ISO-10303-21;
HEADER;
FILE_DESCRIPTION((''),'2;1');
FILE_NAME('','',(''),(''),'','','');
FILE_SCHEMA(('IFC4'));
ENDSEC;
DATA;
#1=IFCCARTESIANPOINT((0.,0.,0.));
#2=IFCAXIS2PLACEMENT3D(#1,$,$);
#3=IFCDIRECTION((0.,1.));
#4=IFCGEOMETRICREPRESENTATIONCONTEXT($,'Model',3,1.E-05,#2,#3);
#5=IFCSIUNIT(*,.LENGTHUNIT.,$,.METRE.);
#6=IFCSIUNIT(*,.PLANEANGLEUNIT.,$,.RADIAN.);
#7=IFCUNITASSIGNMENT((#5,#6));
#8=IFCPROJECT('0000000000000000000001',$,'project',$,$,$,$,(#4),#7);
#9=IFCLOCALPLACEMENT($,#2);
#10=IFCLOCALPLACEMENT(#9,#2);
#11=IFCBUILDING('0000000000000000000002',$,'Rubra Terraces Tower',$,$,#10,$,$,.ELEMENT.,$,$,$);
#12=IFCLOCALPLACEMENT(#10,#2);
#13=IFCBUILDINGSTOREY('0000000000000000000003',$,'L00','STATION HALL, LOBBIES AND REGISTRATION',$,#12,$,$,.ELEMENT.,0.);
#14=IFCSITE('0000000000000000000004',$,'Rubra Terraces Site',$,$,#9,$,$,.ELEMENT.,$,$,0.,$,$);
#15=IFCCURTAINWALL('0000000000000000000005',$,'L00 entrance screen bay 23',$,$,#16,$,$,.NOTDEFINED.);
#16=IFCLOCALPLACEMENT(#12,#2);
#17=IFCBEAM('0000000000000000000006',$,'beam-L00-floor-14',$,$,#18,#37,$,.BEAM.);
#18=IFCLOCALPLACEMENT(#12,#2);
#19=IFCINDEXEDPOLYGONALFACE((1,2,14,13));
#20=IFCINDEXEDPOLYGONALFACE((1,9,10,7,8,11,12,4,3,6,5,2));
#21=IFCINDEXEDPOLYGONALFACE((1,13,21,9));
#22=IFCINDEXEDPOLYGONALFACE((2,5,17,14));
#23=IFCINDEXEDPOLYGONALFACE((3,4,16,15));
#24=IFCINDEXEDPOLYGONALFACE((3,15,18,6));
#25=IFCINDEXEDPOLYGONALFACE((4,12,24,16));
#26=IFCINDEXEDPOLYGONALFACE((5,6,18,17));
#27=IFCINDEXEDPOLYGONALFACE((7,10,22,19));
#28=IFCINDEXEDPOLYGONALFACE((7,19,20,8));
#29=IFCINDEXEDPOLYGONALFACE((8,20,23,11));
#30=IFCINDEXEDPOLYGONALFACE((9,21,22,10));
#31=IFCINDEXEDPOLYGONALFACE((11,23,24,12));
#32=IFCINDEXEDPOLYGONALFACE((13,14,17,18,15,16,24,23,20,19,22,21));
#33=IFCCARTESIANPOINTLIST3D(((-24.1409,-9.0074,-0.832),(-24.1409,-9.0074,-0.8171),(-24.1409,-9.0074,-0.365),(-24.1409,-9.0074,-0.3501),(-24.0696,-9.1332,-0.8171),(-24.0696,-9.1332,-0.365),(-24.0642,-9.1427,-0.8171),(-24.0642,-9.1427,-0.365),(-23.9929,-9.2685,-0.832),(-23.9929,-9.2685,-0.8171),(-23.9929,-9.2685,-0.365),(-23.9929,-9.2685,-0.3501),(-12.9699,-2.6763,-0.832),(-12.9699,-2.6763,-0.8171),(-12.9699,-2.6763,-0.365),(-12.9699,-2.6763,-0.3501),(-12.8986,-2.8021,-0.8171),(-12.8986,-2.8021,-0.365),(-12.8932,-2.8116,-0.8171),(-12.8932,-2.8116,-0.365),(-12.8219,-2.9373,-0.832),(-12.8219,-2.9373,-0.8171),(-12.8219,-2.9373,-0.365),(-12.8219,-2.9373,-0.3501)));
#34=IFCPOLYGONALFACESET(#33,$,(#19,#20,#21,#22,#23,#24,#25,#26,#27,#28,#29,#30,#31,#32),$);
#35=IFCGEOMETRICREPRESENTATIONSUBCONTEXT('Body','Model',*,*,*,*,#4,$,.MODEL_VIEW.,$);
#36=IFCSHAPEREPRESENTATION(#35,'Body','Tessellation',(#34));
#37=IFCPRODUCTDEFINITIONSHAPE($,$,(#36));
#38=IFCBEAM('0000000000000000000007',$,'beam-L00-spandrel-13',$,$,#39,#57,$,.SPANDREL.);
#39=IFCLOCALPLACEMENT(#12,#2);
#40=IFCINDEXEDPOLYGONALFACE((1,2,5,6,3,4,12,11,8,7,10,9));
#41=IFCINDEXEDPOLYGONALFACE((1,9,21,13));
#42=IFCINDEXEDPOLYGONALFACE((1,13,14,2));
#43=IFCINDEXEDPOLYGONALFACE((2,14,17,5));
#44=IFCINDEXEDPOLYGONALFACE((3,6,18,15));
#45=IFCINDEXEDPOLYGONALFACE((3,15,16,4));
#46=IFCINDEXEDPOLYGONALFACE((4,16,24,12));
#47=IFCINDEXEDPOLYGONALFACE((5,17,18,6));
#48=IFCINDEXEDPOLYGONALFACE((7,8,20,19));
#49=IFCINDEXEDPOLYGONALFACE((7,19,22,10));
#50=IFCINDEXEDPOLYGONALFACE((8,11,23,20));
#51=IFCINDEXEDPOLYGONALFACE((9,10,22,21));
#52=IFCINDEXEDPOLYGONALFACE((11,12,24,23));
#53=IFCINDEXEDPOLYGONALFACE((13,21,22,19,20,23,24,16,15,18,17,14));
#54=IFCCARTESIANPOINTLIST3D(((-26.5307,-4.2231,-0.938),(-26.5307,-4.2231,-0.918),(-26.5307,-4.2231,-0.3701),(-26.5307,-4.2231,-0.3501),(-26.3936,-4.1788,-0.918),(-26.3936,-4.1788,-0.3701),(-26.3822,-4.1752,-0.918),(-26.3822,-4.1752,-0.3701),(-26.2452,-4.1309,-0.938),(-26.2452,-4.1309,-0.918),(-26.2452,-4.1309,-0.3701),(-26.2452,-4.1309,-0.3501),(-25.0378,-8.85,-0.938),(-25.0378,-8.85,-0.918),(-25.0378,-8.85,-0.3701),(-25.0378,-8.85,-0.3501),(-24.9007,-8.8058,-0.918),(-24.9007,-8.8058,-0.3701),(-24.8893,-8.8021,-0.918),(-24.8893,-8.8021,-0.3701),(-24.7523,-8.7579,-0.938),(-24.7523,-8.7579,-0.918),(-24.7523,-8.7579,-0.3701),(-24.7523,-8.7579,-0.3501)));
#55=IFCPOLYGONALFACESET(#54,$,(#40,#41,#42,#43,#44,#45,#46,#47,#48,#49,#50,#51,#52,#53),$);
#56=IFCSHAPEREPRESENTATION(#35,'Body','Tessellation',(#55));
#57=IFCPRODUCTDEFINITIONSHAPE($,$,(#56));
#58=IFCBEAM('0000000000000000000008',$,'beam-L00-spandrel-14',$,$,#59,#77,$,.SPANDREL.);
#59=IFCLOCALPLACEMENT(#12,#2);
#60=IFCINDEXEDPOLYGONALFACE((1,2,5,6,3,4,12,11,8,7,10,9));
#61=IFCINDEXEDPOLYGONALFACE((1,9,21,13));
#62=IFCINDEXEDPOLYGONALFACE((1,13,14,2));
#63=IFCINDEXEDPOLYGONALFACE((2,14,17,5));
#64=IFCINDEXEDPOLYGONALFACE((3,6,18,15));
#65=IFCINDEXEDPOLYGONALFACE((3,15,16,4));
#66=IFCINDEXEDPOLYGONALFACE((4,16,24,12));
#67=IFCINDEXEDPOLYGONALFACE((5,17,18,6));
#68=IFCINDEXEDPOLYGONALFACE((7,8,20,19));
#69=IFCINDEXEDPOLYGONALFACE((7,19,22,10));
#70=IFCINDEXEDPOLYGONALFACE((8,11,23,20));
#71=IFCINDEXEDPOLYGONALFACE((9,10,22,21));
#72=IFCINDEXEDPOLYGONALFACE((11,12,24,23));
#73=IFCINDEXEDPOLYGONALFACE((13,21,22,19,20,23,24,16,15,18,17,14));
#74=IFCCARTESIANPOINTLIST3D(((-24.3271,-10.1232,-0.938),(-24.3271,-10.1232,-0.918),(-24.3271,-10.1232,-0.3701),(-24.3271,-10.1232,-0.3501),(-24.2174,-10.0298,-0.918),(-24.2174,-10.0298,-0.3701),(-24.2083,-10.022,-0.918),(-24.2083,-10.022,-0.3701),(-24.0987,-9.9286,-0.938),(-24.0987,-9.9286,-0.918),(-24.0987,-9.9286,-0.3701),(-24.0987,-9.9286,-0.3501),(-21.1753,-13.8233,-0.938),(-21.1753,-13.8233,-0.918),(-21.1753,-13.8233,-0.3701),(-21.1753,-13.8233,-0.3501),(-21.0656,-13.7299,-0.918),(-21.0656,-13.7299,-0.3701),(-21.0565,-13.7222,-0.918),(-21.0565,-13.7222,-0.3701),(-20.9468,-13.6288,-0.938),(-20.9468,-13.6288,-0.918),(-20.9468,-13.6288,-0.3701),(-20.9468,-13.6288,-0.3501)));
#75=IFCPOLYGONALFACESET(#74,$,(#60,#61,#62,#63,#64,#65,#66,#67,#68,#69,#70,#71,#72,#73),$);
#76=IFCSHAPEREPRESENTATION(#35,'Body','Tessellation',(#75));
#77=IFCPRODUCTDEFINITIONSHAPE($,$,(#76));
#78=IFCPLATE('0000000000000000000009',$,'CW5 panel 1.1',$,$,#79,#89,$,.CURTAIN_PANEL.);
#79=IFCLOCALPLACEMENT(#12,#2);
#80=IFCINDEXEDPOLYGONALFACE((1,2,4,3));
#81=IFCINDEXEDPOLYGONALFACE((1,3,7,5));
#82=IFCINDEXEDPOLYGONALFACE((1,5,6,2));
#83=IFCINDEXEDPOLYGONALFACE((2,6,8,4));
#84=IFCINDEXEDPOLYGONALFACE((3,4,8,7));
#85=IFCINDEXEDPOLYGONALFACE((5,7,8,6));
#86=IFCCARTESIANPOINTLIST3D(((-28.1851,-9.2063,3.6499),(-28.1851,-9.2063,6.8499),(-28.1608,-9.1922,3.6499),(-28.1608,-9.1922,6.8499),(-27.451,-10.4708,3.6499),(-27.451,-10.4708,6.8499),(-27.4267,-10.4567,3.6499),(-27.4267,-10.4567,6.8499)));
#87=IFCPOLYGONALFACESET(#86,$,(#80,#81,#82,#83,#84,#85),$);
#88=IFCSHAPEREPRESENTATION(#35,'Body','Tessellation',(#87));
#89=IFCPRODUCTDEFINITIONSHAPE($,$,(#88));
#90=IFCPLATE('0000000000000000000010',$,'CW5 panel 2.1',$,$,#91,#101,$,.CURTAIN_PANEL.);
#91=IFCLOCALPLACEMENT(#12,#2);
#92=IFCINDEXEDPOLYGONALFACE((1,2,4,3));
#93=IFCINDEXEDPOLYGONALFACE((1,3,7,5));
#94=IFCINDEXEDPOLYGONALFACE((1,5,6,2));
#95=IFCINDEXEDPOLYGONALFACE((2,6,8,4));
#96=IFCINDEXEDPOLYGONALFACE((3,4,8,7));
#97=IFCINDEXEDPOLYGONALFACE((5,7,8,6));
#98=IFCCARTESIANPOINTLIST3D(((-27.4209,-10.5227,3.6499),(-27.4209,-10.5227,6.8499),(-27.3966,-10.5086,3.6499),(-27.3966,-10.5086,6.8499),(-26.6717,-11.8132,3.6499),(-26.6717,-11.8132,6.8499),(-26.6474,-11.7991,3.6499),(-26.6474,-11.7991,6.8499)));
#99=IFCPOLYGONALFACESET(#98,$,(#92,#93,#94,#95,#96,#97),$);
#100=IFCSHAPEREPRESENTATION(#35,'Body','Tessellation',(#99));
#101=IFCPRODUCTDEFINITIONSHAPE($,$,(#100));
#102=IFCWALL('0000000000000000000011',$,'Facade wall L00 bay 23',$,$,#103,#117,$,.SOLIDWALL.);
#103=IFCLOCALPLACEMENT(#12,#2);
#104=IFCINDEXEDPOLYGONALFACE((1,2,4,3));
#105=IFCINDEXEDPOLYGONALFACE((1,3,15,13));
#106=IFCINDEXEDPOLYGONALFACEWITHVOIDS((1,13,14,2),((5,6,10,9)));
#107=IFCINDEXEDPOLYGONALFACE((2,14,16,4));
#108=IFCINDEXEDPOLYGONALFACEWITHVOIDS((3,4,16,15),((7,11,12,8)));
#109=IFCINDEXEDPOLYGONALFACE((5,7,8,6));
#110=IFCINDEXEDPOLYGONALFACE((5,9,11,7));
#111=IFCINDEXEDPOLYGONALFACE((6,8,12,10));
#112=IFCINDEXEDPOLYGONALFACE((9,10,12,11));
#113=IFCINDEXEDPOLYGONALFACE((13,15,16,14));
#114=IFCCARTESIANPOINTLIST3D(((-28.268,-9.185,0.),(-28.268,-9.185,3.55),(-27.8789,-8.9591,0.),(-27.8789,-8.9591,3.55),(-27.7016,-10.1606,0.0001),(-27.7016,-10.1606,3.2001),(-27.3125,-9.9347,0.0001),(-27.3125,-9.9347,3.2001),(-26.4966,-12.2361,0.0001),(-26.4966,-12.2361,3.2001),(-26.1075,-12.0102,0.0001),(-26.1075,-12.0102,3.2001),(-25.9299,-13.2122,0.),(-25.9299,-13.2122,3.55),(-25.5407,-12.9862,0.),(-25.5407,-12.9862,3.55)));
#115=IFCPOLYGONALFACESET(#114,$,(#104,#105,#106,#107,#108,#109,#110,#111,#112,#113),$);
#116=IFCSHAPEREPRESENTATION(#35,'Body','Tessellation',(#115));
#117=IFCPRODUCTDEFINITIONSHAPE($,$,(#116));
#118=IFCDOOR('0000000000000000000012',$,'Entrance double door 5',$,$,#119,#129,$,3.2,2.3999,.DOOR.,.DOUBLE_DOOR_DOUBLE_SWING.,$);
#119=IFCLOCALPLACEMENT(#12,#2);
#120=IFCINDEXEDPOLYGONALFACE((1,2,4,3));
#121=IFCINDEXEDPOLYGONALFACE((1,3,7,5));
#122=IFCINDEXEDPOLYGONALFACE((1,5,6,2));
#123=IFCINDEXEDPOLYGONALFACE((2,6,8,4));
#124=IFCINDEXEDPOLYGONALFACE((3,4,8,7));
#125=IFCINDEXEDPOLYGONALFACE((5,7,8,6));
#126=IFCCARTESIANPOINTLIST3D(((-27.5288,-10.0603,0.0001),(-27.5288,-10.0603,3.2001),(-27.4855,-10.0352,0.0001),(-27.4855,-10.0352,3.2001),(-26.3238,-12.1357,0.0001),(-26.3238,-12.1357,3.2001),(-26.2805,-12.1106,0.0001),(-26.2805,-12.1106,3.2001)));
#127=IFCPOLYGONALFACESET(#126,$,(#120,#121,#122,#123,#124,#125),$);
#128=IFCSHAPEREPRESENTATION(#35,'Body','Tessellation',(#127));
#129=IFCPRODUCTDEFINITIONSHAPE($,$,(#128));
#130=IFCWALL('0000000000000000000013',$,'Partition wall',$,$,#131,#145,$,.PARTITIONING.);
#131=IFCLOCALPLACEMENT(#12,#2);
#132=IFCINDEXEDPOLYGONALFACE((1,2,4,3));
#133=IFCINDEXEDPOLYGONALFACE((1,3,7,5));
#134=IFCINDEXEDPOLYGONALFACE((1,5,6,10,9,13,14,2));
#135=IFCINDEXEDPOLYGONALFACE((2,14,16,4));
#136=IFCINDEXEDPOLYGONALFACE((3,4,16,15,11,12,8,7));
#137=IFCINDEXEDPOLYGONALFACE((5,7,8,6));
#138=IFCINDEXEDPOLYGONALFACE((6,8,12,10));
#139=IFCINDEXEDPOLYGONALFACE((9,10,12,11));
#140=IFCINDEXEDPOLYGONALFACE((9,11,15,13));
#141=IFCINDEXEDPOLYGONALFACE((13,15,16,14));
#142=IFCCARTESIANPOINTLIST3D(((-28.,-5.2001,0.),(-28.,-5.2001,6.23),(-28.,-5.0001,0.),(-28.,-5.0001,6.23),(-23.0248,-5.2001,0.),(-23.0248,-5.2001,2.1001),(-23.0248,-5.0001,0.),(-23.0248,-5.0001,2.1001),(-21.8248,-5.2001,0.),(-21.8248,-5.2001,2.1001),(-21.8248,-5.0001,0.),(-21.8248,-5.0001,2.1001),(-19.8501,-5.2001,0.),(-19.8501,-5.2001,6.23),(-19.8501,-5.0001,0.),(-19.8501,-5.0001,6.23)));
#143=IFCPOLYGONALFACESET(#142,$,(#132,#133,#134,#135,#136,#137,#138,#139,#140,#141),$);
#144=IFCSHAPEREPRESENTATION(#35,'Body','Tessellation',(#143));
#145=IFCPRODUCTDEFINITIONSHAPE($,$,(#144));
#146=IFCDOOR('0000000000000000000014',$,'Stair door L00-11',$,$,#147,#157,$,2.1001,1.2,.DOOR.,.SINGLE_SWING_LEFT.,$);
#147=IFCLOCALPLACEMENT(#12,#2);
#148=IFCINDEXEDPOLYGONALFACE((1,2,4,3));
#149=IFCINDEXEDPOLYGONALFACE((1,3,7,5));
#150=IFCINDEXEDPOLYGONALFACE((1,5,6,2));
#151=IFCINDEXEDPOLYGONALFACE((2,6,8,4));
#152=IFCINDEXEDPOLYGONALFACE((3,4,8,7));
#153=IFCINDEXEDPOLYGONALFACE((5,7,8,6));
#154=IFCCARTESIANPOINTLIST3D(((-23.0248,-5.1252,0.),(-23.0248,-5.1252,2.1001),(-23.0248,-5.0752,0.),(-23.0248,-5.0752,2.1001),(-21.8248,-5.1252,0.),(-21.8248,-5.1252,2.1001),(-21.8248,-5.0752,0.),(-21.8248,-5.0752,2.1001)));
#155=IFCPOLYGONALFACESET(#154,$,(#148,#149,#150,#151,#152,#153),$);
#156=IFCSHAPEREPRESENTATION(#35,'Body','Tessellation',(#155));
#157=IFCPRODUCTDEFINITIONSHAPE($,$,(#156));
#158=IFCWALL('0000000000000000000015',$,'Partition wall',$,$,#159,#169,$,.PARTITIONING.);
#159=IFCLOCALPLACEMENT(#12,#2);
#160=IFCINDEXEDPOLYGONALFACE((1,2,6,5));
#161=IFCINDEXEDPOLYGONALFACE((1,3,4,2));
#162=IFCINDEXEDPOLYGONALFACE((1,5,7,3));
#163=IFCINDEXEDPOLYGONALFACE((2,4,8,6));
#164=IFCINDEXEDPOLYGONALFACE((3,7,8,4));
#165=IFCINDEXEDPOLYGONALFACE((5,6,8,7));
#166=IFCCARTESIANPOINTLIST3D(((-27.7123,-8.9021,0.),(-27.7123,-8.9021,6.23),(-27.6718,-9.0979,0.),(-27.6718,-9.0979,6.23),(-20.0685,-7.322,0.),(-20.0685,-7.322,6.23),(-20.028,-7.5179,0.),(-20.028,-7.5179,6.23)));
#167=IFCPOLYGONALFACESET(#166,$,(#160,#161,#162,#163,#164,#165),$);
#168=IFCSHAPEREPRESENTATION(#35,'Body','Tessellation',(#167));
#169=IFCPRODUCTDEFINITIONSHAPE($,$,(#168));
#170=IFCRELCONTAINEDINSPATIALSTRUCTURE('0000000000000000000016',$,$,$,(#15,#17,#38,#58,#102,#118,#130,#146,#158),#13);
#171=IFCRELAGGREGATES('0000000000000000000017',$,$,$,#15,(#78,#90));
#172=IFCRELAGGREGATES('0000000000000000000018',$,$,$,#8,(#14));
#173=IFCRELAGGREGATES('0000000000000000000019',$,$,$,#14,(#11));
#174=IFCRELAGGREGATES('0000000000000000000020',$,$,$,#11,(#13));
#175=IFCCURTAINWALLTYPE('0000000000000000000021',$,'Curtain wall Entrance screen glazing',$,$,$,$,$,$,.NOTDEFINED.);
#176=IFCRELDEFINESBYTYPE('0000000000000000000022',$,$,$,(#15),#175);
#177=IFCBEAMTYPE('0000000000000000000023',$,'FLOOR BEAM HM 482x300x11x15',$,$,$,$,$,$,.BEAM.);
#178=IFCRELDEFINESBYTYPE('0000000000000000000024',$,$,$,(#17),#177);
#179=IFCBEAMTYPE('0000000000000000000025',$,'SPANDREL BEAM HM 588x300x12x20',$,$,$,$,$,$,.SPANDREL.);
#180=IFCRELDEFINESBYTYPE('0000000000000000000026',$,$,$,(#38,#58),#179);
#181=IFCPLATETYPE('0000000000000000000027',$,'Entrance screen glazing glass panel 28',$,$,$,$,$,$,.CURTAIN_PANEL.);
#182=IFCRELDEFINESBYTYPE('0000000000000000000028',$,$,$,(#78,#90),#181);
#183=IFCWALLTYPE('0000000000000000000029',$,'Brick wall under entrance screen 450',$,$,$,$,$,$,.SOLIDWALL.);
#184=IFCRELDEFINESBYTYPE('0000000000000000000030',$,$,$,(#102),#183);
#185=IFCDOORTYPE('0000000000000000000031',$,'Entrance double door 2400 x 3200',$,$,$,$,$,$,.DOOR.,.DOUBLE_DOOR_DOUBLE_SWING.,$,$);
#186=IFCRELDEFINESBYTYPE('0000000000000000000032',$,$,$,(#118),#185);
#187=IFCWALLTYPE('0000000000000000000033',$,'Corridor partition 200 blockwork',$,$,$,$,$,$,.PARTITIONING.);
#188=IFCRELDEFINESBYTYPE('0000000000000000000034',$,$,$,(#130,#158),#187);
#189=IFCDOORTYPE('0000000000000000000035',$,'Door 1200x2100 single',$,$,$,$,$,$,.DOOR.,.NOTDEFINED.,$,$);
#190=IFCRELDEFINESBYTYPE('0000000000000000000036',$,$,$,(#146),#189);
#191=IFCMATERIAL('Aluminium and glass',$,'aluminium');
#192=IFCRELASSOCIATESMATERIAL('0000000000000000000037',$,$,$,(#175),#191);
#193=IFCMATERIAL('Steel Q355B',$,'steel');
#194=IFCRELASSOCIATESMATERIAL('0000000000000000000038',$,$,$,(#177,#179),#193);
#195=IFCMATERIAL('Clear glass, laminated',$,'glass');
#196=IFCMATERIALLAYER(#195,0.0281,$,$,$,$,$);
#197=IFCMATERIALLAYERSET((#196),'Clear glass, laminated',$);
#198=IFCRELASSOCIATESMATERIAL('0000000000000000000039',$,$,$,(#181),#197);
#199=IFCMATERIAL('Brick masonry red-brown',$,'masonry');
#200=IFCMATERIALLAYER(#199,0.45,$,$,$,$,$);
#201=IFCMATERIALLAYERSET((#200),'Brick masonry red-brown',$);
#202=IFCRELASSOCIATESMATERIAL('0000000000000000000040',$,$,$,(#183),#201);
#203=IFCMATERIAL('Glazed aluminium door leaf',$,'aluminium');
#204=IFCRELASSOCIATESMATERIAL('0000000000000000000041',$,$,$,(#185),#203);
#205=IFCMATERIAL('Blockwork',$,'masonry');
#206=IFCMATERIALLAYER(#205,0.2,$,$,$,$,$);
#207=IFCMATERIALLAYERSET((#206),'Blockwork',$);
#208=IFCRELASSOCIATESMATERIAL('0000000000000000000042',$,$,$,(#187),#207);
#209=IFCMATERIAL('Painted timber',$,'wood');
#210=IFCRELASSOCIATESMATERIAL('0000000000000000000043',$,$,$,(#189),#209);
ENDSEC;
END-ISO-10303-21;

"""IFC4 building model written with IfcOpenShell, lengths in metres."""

from ifc_helpers import new_model, si_unit, direction, frame, frame_2d, origin, origin_2d, place, context, subcontext, project, spatial, rectangle, i_section, extrude, material, layer, layer_set, material_profile, profile_set, type_object, element, fill, aggregate, save


model = new_model("IFC4")

# Units and contexts
model_context = context("Model", 3, precision=1e-05, world=origin(), true_north=direction((0.0, 1.0)))
body_context = subcontext(model_context, "Body", "Model", "MODEL_VIEW")
ifc_project = project(units=[si_unit("LENGTHUNIT", "METRE"), si_unit("PLANEANGLEUNIT", "RADIAN")], contexts=[model_context])

# Site, building, storey
site_placement = place(None, origin())
site = spatial("IfcSite", under=ifc_project, at=site_placement, Name="Rubra Terraces Site", CompositionType="ELEMENT", RefElevation=0.0)
building_placement = place(site_placement, origin())
building = spatial("IfcBuilding", under=site, at=building_placement, Name="Rubra Terraces Tower", CompositionType="ELEMENT")
storey_placement = place(building_placement, origin())
storey = spatial("IfcBuildingStorey", under=building, at=storey_placement, Name="L00", Description="STATION HALL, LOBBIES AND REGISTRATION", CompositionType="ELEMENT", Elevation=0.0)

# Shared definitions
ifc_material_1 = material(Name="Steel Q355B", Category="steel")

# Curtain wall
ifc_material_2 = material(Name="Aluminium and glass", Category="aluminium")
curtain_wall_type = type_object("IfcCurtainWallType", Name="Curtain wall Entrance screen glazing", PredefinedType="NOTDEFINED", material=ifc_material_2)
curtain_wall_placement = place(storey_placement, origin())
curtain_wall = element("IfcCurtainWall", 1, at=curtain_wall_placement, inside=storey, type_object=curtain_wall_type, Name="L00 entrance screen bay 23", PredefinedType="NOTDEFINED")

# Beams
ifc_material_profile_1 = material_profile(ifc_material_1, i_section(OverallWidth=0.3, OverallDepth=0.4819, WebThickness=0.011, FlangeThickness=0.0149, at=origin_2d()), Name="HM 482x300x11x15")
ifc_profile_set_1 = profile_set([ifc_material_profile_1], Name="Steel Q355B")
beam_type_1 = type_object("IfcBeamType", Name="FLOOR BEAM HM 482x300x11x15", PredefinedType="BEAM", material=ifc_profile_set_1)
beam_1_placement = place(storey_placement, frame((-24.0669, -9.1379, -0.5911), z_axis=(0.869993, 0.493064, 0.0), x_axis=(-0.493064, 0.869993, 0.0)))
element("IfcBeam", 2, at=beam_1_placement, inside=storey, type_object=beam_type_1, Name="beam-L00-floor-14", PredefinedType="BEAM", context=body_context, shape_type="SweptSolid", body=[
    extrude(i_section(OverallWidth=0.3, OverallDepth=0.4819, WebThickness=0.011, FlangeThickness=0.0149, at=origin_2d()), origin(), (0.0, 0.0, 1.0), 12.8403),
])
ifc_material_profile_2 = material_profile(ifc_material_1, i_section(OverallWidth=0.3, OverallDepth=0.5879, WebThickness=0.012, FlangeThickness=0.02, at=origin_2d()), Name="HM 588x300x12x20")
ifc_profile_set_2 = profile_set([ifc_material_profile_2], Name="Steel Q355B")
beam_type_2 = type_object("IfcBeamType", Name="SPANDREL BEAM HM 588x300x12x20", PredefinedType="SPANDREL", material=ifc_profile_set_2)
beam_2_placement = place(storey_placement, frame((-26.3879, -4.177, -0.644), z_axis=(0.307069, -0.951687, 0.0), x_axis=(0.951687, 0.307069, 0.0)))
element("IfcBeam", 3, at=beam_2_placement, inside=storey, type_object=beam_type_2, Name="beam-L00-spandrel-13", PredefinedType="SPANDREL", context=body_context, shape_type="SweptSolid", body=[
    extrude(i_section(OverallWidth=0.3, OverallDepth=0.5879, WebThickness=0.012, FlangeThickness=0.02, at=origin_2d()), origin(), (0.0, 0.0, 1.0), 4.8618),
])
beam_3_placement = place(storey_placement, frame((-24.2129, -10.0259, -0.644), z_axis=(0.648447, -0.76126, 0.0), x_axis=(0.76126, 0.648447, 0.0)))
element("IfcBeam", 4, at=beam_3_placement, inside=storey, type_object=beam_type_2, Name="beam-L00-spandrel-14", PredefinedType="SPANDREL", context=body_context, shape_type="SweptSolid", body=[
    extrude(i_section(OverallWidth=0.3, OverallDepth=0.5879, WebThickness=0.012, FlangeThickness=0.02, at=origin_2d()), origin(), (0.0, 0.0, 1.0), 4.8606),
])

# Plates
ifc_material_3 = material(Name="Clear glass, laminated", Category="glass")
ifc_layer_1 = layer(ifc_material_3, 0.0281)
ifc_layer_set_1 = layer_set([ifc_layer_1], Name="Clear glass, laminated")
plate_type = type_object("IfcPlateType", Name="Entrance screen glazing glass panel 28", PredefinedType="CURTAIN_PANEL", material=ifc_layer_set_1)
plate_1_placement = place(storey_placement, frame((-27.8059, -9.8315, 3.6499), z_axis=(0.0, 0.0, 1.0), x_axis=(0.502094, -0.864813, 0.0)))
plate_1 = element("IfcPlate", 5, at=plate_1_placement, type_object=plate_type, Name="CW5 panel 1.1", PredefinedType="CURTAIN_PANEL", context=body_context, shape_type="SweptSolid", body=[
    extrude(rectangle(XDim=1.4622, YDim=0.0281, at=origin_2d()), origin(), (0.0, 0.0, 1.0), 3.2),
])
plate_2_placement = place(storey_placement, frame((-27.0342, -11.1609, 3.6499), z_axis=(0.0, 0.0, 1.0), x_axis=(0.502094, -0.864813, 0.0)))
plate_2 = element("IfcPlate", 6, at=plate_2_placement, type_object=plate_type, Name="CW5 panel 2.1", PredefinedType="CURTAIN_PANEL", context=body_context, shape_type="SweptSolid", body=[
    extrude(rectangle(XDim=1.4922, YDim=0.0281, at=origin_2d()), origin(), (0.0, 0.0, 1.0), 3.2),
])
aggregate(curtain_wall, [plate_1, plate_2])

# Shared definitions
ifc_material_4 = material(Name="Brick masonry red-brown", Category="masonry")
ifc_material_5 = material(Name="Glazed aluminium door leaf", Category="aluminium")

# Walls, openings, doors
ifc_layer_2 = layer(ifc_material_4, 0.45)
ifc_layer_set_2 = layer_set([ifc_layer_2], Name="Brick masonry red-brown")
wall_type_1 = type_object("IfcWallType", Name="Brick wall under entrance screen 450", PredefinedType="SOLIDWALL", material=ifc_layer_set_2)
wall_1_placement = place(storey_placement, frame((-28.0735, -9.072, 0.0), z_axis=(0.0, 0.0, 1.0), x_axis=(0.502106, -0.864806, 0.0)))
wall_1 = element("IfcWall", 7, at=wall_1_placement, inside=storey, type_object=wall_type_1, Name="Facade wall L00 bay 23", PredefinedType="SOLIDWALL", context=body_context, shape_type="SweptSolid", body=[
    extrude(rectangle(XDim=4.6567, YDim=0.45, at=frame_2d((2.3284, 0.0))), origin(), (0.0, 0.0, 1.0), 3.55),
])
opening_1_placement = place(wall_1_placement, frame((1.1282, 0.0, 0.0)))
opening_1 = element("IfcOpeningElement", 8, at=opening_1_placement, cuts=wall_1, PredefinedType="OPENING", context=body_context, shape_type="SweptSolid", body=[
    extrude(rectangle(XDim=2.3999, YDim=3.2, at=frame_2d((1.2, 1.6001))), frame((0.0, 0.2349, 0.0), z_axis=(0.0, -1.0, 0.0), x_axis=(1.0, 0.0, 0.0)), (0.0, 0.0, 1.0), 0.47),
])
door_type_1 = type_object("IfcDoorType", Name="Entrance double door 2400 x 3200", OperationType="DOUBLE_DOOR_DOUBLE_SWING", PredefinedType="DOOR", material=ifc_material_5)
door_1_placement = place(opening_1_placement, origin())
door_1 = element("IfcDoor", 9, at=door_1_placement, inside=storey, type_object=door_type_1, Name="Entrance double door 5", OperationType="DOUBLE_DOOR_DOUBLE_SWING", OverallHeight=3.2, OverallWidth=2.3999, PredefinedType="DOOR", context=body_context, shape_type="SweptSolid", body=[
    extrude(rectangle(XDim=2.3999, YDim=3.2, at=frame_2d((1.2, 1.6001))), frame((0.0, 0.0249, 0.0), z_axis=(0.0, -1.0, 0.0), x_axis=(1.0, 0.0, 0.0)), (0.0, 0.0, 1.0), 0.05),
])
fill(opening_1, door_1)
ifc_material_6 = material(Name="Blockwork", Category="masonry")
ifc_layer_3 = layer(ifc_material_6, 0.2)
ifc_layer_set_3 = layer_set([ifc_layer_3], Name="Blockwork")
wall_type_2 = type_object("IfcWallType", Name="Corridor partition 200 blockwork", PredefinedType="PARTITIONING", material=ifc_layer_set_3)
wall_2_placement = place(storey_placement, frame((-28.0, -5.1001, 0.0), z_axis=(0.0, 0.0, 1.0), x_axis=(1.0, 0.0, 0.0)))
wall_2 = element("IfcWall", 10, at=wall_2_placement, inside=storey, type_object=wall_type_2, Name="Partition wall", PredefinedType="PARTITIONING", context=body_context, shape_type="SweptSolid", body=[
    extrude(rectangle(XDim=8.1499, YDim=0.2, at=frame_2d((4.075, 0.0))), origin(), (0.0, 0.0, 1.0), 6.23),
])
opening_2_placement = place(wall_2_placement, frame((4.9751, 0.0, 0.0)))
opening_2 = element("IfcOpeningElement", 11, at=opening_2_placement, cuts=wall_2, PredefinedType="OPENING", context=body_context, shape_type="SweptSolid", body=[
    extrude(rectangle(XDim=1.2, YDim=2.1001, at=frame_2d((0.6001, 1.05))), frame((0.0, 0.1099, 0.0), z_axis=(0.0, -1.0, 0.0), x_axis=(1.0, 0.0, 0.0)), (0.0, 0.0, 1.0), 0.22),
])
ifc_material_7 = material(Name="Painted timber", Category="wood")
door_type_2 = type_object("IfcDoorType", Name="Door 1200x2100 single", OperationType="NOTDEFINED", PredefinedType="DOOR", material=ifc_material_7)
door_2_placement = place(opening_2_placement, origin())
door_2 = element("IfcDoor", 12, at=door_2_placement, inside=storey, type_object=door_type_2, Name="Stair door L00-11", OperationType="SINGLE_SWING_LEFT", OverallHeight=2.1001, OverallWidth=1.2, PredefinedType="DOOR", context=body_context, shape_type="SweptSolid", body=[
    extrude(rectangle(XDim=1.2, YDim=2.1001, at=frame_2d((0.6001, 1.05))), frame((0.0, 0.0249, 0.0), z_axis=(0.0, -1.0, 0.0), x_axis=(1.0, 0.0, 0.0)), (0.0, 0.0, 1.0), 0.05),
])
fill(opening_2, door_2)

# Wall
wall_3_placement = place(storey_placement, frame((-20.0481, -7.4199, 0.0), z_axis=(0.0, 0.0, 1.0), x_axis=(-0.979296, -0.202434, 0.0)))
element("IfcWall", 13, at=wall_3_placement, inside=storey, type_object=wall_type_2, Name="Partition wall", PredefinedType="PARTITIONING", context=body_context, shape_type="SweptSolid", body=[
    extrude(rectangle(XDim=7.8054, YDim=0.2, at=frame_2d((3.9028, 0.0))), origin(), (0.0, 0.0, 1.0), 6.23),
])

save(model, "model.ifc")
